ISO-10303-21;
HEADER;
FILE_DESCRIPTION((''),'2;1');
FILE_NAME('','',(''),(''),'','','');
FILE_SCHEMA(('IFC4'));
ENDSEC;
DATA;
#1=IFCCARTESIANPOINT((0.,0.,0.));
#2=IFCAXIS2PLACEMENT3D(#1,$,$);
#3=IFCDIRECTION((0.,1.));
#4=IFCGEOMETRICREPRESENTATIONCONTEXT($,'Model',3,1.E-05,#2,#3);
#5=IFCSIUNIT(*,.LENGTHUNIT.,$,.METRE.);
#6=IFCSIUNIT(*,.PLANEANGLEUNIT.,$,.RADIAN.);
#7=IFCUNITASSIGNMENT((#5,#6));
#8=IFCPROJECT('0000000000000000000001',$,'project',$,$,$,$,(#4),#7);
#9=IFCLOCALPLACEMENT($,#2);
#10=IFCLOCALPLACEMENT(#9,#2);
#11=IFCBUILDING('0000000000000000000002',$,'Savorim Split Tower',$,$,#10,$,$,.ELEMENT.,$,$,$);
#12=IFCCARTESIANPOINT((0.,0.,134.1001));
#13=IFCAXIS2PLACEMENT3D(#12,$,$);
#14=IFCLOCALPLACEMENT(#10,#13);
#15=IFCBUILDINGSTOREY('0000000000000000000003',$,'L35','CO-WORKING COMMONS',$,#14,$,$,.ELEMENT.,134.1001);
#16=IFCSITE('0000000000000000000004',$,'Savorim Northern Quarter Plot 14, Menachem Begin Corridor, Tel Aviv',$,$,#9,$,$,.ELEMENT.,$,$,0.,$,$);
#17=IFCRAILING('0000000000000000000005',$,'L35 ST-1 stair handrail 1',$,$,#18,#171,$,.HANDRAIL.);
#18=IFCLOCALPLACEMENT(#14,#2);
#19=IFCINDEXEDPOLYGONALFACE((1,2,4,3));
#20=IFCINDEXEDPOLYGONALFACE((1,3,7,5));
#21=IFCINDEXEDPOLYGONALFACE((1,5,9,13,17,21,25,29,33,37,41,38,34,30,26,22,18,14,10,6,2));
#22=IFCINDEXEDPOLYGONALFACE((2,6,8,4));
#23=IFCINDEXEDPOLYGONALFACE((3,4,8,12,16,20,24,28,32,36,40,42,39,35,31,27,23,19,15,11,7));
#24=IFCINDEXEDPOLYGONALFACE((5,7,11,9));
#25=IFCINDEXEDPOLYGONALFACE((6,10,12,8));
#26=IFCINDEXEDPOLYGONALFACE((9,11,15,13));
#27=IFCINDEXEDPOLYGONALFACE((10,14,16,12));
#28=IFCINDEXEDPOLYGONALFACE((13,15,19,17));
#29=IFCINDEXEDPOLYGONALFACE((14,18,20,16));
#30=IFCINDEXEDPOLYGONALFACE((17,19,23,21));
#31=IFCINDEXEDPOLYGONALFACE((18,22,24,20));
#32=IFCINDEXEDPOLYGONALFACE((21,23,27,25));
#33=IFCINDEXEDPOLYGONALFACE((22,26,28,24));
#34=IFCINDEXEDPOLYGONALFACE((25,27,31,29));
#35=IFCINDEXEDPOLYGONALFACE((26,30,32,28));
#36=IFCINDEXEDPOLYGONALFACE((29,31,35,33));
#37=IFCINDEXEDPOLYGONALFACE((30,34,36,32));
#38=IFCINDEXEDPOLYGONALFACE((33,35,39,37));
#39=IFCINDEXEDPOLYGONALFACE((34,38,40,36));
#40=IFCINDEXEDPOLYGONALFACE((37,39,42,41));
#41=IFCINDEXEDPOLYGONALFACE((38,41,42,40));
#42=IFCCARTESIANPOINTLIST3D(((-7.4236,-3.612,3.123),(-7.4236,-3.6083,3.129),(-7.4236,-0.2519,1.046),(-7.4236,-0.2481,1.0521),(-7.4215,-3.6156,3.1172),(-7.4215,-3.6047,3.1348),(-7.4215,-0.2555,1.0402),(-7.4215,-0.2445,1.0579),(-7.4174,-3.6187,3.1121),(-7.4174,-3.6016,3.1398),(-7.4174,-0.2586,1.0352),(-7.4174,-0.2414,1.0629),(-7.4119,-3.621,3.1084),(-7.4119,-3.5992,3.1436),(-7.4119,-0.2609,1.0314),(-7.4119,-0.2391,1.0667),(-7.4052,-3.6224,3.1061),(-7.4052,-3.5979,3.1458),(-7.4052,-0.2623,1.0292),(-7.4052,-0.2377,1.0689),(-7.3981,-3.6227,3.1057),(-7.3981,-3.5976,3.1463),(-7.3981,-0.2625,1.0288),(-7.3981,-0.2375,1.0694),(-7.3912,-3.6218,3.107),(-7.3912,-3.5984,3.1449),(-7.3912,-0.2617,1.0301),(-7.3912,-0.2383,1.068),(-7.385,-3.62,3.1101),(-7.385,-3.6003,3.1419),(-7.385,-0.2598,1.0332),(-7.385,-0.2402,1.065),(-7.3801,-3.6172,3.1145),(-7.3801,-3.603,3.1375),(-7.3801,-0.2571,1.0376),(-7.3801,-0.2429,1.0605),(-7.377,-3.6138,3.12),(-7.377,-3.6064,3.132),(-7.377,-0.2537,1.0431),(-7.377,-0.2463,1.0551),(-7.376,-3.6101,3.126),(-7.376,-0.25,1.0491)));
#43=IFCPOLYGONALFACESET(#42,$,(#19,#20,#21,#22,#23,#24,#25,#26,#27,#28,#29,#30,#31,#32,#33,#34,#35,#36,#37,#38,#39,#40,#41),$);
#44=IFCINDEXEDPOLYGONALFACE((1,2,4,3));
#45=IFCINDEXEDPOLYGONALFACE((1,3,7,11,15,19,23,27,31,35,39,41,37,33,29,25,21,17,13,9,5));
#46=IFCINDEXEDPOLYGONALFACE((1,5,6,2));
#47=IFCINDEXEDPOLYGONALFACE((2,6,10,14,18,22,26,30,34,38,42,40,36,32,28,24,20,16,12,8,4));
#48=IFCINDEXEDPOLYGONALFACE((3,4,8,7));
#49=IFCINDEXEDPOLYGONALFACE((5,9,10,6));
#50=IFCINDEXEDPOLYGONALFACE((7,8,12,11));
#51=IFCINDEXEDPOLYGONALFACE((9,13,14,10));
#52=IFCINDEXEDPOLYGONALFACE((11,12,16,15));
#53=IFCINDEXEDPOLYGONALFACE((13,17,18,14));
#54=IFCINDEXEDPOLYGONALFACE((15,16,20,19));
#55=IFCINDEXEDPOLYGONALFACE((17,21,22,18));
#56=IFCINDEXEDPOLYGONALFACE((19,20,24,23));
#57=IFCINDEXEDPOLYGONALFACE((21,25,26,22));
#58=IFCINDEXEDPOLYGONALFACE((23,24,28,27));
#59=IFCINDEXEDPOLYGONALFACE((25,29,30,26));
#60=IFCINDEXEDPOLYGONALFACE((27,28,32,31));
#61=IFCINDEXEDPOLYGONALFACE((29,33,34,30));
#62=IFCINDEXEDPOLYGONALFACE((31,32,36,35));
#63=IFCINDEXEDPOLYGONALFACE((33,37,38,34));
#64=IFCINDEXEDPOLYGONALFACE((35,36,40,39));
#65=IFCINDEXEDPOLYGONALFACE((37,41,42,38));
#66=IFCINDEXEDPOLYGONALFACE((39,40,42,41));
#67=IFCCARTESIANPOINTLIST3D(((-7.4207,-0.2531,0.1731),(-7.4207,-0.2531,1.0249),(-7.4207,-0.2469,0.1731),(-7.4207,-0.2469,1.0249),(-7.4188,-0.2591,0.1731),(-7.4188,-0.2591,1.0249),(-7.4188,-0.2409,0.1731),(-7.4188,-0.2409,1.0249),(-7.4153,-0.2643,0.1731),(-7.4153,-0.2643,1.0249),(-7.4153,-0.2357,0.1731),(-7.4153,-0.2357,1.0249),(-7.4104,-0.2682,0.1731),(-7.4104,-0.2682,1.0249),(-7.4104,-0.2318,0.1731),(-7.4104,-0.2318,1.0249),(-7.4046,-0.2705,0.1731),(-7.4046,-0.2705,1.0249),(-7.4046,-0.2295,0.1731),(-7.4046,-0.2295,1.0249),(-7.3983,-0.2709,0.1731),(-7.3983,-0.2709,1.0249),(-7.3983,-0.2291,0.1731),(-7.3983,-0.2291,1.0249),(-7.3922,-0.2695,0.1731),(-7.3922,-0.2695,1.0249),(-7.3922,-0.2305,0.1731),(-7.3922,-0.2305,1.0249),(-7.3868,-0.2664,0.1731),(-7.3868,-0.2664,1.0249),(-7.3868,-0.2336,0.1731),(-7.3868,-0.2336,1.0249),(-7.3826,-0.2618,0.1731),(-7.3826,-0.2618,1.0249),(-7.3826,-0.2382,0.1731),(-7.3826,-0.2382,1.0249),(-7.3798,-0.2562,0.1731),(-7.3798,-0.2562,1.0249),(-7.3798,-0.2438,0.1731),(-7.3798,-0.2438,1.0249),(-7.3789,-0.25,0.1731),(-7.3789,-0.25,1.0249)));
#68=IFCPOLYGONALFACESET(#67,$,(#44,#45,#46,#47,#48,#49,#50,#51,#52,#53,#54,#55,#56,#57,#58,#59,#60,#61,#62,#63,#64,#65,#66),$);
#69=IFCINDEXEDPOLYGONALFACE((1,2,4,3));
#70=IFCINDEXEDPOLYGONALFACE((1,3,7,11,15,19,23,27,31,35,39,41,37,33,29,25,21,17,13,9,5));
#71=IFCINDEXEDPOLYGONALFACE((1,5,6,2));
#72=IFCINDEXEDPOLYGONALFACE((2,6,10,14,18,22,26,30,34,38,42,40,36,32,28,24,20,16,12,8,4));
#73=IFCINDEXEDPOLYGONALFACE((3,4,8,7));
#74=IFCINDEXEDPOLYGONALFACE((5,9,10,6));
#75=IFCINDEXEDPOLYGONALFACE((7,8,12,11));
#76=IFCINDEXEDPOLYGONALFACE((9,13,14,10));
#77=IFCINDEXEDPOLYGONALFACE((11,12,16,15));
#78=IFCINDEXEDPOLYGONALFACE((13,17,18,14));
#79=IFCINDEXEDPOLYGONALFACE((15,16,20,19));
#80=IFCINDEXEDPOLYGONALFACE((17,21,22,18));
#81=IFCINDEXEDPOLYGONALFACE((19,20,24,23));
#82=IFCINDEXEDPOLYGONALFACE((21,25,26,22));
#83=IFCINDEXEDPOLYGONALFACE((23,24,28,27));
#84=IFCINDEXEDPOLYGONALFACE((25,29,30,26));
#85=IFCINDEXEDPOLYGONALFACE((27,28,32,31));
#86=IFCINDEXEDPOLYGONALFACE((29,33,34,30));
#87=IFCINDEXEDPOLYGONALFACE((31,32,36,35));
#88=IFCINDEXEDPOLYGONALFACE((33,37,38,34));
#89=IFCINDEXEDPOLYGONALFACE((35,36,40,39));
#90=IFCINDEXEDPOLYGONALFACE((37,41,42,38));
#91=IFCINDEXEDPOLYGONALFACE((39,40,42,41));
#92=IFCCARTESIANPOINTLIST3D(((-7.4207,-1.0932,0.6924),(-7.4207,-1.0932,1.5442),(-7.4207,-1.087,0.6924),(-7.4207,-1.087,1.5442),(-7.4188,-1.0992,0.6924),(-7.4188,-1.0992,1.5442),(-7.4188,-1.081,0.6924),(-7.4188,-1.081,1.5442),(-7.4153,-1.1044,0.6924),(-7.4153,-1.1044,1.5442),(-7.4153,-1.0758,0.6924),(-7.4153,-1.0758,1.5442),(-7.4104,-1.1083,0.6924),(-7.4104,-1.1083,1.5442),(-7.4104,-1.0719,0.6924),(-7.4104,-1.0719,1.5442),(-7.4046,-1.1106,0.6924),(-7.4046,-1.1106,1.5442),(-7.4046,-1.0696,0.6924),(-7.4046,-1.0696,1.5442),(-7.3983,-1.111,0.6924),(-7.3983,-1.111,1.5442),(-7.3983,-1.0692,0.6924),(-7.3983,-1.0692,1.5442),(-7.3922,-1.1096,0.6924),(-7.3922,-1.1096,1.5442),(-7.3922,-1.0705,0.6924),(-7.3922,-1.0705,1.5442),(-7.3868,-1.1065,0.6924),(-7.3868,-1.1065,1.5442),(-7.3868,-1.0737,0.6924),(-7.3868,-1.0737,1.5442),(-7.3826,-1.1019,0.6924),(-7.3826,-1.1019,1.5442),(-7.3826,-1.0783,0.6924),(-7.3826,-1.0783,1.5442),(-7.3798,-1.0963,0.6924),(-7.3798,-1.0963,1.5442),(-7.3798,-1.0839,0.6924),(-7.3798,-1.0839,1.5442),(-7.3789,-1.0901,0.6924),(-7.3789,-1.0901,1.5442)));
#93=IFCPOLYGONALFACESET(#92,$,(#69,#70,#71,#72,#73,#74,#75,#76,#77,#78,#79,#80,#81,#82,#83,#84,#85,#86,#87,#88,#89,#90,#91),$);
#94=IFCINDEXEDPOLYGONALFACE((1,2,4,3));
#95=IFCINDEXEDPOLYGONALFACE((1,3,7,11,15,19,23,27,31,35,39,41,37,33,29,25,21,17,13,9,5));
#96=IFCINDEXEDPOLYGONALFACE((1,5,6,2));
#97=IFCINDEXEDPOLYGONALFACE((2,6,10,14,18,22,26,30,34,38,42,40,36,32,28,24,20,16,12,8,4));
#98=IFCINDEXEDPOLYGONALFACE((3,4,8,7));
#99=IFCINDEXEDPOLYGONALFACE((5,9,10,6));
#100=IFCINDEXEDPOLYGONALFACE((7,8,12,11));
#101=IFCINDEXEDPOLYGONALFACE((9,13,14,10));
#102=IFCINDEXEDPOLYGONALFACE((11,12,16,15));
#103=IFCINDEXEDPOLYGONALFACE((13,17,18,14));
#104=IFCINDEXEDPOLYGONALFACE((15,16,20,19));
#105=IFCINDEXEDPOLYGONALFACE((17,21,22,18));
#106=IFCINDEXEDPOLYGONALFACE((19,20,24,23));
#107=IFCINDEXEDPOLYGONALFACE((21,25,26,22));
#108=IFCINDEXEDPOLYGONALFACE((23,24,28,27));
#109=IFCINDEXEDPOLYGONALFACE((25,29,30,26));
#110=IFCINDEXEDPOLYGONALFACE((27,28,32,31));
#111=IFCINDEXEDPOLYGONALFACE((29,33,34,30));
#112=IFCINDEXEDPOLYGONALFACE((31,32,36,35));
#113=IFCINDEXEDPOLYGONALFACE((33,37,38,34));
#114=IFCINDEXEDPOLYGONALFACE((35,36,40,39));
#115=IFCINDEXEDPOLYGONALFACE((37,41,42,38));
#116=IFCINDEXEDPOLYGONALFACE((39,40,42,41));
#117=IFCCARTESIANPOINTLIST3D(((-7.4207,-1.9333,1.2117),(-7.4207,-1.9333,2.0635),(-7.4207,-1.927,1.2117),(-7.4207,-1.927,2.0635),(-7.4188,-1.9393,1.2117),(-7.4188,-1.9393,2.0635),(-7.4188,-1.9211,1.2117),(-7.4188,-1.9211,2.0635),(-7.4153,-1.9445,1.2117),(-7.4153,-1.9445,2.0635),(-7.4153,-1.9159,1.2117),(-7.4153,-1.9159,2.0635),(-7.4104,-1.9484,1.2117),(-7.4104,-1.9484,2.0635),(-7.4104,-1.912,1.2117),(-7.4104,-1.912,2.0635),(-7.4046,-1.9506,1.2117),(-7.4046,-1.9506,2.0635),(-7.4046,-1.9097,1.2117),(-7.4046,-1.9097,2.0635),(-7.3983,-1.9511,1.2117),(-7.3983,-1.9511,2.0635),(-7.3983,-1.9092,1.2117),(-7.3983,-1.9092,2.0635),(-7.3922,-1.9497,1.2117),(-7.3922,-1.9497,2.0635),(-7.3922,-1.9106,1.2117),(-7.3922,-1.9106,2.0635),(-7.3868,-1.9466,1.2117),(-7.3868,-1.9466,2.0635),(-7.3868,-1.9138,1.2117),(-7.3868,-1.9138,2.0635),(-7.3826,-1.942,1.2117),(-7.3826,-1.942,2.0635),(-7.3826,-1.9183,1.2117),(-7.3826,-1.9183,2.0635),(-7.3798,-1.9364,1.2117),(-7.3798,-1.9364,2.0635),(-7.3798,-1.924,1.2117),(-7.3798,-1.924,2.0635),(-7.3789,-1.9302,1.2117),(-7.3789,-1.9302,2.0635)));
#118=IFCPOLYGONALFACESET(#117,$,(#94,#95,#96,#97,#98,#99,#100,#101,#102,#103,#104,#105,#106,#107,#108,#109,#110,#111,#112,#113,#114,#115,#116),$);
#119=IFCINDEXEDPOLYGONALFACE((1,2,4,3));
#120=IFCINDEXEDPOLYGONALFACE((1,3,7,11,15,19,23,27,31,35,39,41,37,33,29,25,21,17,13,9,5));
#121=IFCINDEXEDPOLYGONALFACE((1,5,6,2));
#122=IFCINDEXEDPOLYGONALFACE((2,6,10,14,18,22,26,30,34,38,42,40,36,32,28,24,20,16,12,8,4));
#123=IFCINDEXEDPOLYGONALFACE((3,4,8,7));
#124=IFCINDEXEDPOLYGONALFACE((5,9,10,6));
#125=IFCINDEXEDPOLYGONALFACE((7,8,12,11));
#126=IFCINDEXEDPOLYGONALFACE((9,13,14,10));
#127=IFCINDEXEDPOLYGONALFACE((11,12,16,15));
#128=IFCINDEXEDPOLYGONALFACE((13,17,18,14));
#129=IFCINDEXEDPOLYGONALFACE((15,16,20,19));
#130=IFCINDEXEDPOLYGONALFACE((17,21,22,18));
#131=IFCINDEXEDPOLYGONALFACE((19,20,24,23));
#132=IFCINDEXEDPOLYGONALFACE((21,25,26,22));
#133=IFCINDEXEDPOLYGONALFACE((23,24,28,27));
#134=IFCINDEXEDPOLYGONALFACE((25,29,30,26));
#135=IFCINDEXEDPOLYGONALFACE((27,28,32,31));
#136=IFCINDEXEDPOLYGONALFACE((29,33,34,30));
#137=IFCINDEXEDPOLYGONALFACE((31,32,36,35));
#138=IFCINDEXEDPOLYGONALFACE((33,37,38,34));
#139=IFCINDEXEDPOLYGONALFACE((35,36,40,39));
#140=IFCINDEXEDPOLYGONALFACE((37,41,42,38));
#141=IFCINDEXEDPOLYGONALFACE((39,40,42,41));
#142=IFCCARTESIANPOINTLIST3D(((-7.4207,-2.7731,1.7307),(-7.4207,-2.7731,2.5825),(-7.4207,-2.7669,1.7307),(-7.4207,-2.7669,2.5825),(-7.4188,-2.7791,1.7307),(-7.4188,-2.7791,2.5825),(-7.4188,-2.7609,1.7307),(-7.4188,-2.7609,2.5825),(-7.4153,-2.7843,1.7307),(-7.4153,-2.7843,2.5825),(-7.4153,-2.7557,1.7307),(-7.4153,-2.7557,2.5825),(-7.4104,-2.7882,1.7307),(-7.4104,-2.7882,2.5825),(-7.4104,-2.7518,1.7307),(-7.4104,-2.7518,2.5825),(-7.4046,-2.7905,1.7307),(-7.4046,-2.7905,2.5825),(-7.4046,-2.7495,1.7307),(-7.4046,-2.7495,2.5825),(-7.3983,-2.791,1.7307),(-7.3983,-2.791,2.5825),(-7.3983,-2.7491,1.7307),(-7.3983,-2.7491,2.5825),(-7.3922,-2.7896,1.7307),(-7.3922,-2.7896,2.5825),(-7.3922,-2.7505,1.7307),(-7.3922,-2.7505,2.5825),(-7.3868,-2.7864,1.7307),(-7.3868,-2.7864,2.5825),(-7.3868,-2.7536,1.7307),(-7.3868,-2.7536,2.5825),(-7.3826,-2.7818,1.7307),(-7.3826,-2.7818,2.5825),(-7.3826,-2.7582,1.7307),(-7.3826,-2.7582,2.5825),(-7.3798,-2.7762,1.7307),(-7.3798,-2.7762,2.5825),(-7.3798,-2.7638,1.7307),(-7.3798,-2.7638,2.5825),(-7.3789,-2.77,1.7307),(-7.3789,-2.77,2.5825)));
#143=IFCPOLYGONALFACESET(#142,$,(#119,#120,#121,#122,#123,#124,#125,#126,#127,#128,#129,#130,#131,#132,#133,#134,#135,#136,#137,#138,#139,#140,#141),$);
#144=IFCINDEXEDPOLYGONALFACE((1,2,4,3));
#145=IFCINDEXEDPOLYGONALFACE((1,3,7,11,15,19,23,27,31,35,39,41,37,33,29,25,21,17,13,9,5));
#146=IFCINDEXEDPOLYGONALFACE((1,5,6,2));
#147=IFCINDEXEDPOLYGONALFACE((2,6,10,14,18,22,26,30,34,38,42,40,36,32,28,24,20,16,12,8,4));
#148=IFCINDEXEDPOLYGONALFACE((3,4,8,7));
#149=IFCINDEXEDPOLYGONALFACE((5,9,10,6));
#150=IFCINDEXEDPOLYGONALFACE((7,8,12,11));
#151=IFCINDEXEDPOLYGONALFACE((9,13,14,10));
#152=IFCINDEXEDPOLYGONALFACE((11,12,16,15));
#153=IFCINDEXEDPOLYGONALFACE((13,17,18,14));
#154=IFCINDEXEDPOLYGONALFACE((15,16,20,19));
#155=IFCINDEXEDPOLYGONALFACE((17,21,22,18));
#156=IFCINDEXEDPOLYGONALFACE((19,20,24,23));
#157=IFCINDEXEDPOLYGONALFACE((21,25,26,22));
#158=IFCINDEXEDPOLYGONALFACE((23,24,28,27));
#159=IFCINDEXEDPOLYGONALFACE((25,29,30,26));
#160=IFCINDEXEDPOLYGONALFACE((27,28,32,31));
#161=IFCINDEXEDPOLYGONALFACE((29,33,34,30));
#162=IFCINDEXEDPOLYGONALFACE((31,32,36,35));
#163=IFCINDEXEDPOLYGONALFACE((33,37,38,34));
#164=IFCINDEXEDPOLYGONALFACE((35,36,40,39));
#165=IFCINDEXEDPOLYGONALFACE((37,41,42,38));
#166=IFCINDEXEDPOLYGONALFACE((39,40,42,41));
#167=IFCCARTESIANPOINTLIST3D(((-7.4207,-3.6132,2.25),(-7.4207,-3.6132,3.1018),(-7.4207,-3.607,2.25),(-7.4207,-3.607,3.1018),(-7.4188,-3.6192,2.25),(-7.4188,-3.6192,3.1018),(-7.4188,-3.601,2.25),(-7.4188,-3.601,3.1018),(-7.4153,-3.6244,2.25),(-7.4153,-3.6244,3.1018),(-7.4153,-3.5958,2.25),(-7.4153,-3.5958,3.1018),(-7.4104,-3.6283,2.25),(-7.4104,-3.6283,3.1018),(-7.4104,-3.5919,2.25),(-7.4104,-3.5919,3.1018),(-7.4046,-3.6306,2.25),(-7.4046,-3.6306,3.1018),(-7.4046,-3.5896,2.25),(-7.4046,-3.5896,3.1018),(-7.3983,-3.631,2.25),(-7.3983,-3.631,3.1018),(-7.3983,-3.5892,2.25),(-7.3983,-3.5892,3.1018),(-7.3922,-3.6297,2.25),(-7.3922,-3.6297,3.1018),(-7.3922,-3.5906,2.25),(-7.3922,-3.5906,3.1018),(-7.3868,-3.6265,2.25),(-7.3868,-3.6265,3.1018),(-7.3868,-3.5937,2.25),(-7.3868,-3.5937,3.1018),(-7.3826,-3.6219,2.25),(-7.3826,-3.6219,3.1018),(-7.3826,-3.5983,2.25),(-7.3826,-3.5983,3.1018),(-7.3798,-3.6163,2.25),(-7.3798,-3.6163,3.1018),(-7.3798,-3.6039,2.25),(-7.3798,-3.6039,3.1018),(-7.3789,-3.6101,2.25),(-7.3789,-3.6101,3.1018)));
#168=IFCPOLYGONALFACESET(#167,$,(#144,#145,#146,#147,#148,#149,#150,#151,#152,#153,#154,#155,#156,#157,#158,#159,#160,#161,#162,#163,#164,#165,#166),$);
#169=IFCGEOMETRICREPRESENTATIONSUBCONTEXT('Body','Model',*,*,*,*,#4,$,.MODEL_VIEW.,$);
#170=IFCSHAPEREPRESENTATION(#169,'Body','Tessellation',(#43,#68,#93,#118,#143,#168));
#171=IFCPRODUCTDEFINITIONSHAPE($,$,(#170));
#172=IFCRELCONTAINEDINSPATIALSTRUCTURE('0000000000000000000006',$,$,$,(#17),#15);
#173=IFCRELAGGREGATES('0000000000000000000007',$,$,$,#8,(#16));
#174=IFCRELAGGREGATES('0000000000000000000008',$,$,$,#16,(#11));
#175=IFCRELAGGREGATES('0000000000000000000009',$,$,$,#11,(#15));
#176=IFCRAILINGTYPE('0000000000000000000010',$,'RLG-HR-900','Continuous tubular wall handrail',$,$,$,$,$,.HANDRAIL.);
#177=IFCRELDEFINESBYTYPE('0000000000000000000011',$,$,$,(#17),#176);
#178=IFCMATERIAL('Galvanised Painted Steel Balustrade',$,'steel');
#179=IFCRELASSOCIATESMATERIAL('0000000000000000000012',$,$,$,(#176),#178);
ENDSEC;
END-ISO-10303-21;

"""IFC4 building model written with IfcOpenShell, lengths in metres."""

from ifc_helpers import new_model, si_unit, direction, frame, origin, origin_2d, place, context, subcontext, project, spatial, circle, extrude, material, type_object, element, save


model = new_model("IFC4")

# Units and contexts
model_context = context("Model", 3, precision=1e-05, world=origin(), true_north=direction((0.0, 1.0)))
body_context = subcontext(model_context, "Body", "Model", "MODEL_VIEW")
ifc_project = project(units=[si_unit("LENGTHUNIT", "METRE"), si_unit("PLANEANGLEUNIT", "RADIAN")], contexts=[model_context])

# Site, building, storey
site_placement = place(None, origin())
site = spatial("IfcSite", under=ifc_project, at=site_placement, Name="Savorim Northern Quarter Plot 14, Menachem Begin Corridor, Tel Aviv", CompositionType="ELEMENT", RefElevation=0.0)
building_placement = place(site_placement, origin())
building = spatial("IfcBuilding", under=site, at=building_placement, Name="Savorim Split Tower", CompositionType="ELEMENT")
storey_placement = place(building_placement, frame((0.0, 0.0, 134.1001)))
storey = spatial("IfcBuildingStorey", under=building, at=storey_placement, Name="L35", Description="CO-WORKING COMMONS", CompositionType="ELEMENT", Elevation=134.1001)

# Railing
ifc_material_1 = material(Name="Galvanised Painted Steel Balustrade", Category="steel")
railing_type_1 = type_object("IfcRailingType", Name="RLG-HR-900", Description="Continuous tubular wall handrail", PredefinedType="HANDRAIL", material=ifc_material_1)
railing_1_placement = place(storey_placement, frame((-7.3999, -0.25, 0.1731)))
element("IfcRailing", 1, at=railing_1_placement, inside=storey, type_object=railing_type_1, Name="L35 ST-1 stair handrail 1", PredefinedType="HANDRAIL", context=body_context, shape_type="SweptSolid", body=[
    extrude(circle(Radius=0.0239, at=origin_2d()), frame((0.0, 0.0, 0.876), z_axis=(0.0, -0.850623, 0.525776), x_axis=(1.0, 0.0, 0.0)), (0.0, 0.0, 1.0), 3.9502),
    extrude(circle(Radius=0.021, at=origin_2d()), origin(), (0.0, 0.0, 1.0), 0.8518),
    extrude(circle(Radius=0.021, at=origin_2d()), frame((0.0, -0.8401, 0.5193)), (0.0, 0.0, 1.0), 0.8518),
    extrude(circle(Radius=0.021, at=origin_2d()), frame((0.0, -1.6802, 1.0386)), (0.0, 0.0, 1.0), 0.8518),
    extrude(circle(Radius=0.021, at=origin_2d()), frame((0.0, -2.52, 1.5576)), (0.0, 0.0, 1.0), 0.8518),
    extrude(circle(Radius=0.021, at=origin_2d()), frame((0.0, -3.3601, 2.0769)), (0.0, 0.0, 1.0), 0.8518),
])

save(model, "model.ifc")
